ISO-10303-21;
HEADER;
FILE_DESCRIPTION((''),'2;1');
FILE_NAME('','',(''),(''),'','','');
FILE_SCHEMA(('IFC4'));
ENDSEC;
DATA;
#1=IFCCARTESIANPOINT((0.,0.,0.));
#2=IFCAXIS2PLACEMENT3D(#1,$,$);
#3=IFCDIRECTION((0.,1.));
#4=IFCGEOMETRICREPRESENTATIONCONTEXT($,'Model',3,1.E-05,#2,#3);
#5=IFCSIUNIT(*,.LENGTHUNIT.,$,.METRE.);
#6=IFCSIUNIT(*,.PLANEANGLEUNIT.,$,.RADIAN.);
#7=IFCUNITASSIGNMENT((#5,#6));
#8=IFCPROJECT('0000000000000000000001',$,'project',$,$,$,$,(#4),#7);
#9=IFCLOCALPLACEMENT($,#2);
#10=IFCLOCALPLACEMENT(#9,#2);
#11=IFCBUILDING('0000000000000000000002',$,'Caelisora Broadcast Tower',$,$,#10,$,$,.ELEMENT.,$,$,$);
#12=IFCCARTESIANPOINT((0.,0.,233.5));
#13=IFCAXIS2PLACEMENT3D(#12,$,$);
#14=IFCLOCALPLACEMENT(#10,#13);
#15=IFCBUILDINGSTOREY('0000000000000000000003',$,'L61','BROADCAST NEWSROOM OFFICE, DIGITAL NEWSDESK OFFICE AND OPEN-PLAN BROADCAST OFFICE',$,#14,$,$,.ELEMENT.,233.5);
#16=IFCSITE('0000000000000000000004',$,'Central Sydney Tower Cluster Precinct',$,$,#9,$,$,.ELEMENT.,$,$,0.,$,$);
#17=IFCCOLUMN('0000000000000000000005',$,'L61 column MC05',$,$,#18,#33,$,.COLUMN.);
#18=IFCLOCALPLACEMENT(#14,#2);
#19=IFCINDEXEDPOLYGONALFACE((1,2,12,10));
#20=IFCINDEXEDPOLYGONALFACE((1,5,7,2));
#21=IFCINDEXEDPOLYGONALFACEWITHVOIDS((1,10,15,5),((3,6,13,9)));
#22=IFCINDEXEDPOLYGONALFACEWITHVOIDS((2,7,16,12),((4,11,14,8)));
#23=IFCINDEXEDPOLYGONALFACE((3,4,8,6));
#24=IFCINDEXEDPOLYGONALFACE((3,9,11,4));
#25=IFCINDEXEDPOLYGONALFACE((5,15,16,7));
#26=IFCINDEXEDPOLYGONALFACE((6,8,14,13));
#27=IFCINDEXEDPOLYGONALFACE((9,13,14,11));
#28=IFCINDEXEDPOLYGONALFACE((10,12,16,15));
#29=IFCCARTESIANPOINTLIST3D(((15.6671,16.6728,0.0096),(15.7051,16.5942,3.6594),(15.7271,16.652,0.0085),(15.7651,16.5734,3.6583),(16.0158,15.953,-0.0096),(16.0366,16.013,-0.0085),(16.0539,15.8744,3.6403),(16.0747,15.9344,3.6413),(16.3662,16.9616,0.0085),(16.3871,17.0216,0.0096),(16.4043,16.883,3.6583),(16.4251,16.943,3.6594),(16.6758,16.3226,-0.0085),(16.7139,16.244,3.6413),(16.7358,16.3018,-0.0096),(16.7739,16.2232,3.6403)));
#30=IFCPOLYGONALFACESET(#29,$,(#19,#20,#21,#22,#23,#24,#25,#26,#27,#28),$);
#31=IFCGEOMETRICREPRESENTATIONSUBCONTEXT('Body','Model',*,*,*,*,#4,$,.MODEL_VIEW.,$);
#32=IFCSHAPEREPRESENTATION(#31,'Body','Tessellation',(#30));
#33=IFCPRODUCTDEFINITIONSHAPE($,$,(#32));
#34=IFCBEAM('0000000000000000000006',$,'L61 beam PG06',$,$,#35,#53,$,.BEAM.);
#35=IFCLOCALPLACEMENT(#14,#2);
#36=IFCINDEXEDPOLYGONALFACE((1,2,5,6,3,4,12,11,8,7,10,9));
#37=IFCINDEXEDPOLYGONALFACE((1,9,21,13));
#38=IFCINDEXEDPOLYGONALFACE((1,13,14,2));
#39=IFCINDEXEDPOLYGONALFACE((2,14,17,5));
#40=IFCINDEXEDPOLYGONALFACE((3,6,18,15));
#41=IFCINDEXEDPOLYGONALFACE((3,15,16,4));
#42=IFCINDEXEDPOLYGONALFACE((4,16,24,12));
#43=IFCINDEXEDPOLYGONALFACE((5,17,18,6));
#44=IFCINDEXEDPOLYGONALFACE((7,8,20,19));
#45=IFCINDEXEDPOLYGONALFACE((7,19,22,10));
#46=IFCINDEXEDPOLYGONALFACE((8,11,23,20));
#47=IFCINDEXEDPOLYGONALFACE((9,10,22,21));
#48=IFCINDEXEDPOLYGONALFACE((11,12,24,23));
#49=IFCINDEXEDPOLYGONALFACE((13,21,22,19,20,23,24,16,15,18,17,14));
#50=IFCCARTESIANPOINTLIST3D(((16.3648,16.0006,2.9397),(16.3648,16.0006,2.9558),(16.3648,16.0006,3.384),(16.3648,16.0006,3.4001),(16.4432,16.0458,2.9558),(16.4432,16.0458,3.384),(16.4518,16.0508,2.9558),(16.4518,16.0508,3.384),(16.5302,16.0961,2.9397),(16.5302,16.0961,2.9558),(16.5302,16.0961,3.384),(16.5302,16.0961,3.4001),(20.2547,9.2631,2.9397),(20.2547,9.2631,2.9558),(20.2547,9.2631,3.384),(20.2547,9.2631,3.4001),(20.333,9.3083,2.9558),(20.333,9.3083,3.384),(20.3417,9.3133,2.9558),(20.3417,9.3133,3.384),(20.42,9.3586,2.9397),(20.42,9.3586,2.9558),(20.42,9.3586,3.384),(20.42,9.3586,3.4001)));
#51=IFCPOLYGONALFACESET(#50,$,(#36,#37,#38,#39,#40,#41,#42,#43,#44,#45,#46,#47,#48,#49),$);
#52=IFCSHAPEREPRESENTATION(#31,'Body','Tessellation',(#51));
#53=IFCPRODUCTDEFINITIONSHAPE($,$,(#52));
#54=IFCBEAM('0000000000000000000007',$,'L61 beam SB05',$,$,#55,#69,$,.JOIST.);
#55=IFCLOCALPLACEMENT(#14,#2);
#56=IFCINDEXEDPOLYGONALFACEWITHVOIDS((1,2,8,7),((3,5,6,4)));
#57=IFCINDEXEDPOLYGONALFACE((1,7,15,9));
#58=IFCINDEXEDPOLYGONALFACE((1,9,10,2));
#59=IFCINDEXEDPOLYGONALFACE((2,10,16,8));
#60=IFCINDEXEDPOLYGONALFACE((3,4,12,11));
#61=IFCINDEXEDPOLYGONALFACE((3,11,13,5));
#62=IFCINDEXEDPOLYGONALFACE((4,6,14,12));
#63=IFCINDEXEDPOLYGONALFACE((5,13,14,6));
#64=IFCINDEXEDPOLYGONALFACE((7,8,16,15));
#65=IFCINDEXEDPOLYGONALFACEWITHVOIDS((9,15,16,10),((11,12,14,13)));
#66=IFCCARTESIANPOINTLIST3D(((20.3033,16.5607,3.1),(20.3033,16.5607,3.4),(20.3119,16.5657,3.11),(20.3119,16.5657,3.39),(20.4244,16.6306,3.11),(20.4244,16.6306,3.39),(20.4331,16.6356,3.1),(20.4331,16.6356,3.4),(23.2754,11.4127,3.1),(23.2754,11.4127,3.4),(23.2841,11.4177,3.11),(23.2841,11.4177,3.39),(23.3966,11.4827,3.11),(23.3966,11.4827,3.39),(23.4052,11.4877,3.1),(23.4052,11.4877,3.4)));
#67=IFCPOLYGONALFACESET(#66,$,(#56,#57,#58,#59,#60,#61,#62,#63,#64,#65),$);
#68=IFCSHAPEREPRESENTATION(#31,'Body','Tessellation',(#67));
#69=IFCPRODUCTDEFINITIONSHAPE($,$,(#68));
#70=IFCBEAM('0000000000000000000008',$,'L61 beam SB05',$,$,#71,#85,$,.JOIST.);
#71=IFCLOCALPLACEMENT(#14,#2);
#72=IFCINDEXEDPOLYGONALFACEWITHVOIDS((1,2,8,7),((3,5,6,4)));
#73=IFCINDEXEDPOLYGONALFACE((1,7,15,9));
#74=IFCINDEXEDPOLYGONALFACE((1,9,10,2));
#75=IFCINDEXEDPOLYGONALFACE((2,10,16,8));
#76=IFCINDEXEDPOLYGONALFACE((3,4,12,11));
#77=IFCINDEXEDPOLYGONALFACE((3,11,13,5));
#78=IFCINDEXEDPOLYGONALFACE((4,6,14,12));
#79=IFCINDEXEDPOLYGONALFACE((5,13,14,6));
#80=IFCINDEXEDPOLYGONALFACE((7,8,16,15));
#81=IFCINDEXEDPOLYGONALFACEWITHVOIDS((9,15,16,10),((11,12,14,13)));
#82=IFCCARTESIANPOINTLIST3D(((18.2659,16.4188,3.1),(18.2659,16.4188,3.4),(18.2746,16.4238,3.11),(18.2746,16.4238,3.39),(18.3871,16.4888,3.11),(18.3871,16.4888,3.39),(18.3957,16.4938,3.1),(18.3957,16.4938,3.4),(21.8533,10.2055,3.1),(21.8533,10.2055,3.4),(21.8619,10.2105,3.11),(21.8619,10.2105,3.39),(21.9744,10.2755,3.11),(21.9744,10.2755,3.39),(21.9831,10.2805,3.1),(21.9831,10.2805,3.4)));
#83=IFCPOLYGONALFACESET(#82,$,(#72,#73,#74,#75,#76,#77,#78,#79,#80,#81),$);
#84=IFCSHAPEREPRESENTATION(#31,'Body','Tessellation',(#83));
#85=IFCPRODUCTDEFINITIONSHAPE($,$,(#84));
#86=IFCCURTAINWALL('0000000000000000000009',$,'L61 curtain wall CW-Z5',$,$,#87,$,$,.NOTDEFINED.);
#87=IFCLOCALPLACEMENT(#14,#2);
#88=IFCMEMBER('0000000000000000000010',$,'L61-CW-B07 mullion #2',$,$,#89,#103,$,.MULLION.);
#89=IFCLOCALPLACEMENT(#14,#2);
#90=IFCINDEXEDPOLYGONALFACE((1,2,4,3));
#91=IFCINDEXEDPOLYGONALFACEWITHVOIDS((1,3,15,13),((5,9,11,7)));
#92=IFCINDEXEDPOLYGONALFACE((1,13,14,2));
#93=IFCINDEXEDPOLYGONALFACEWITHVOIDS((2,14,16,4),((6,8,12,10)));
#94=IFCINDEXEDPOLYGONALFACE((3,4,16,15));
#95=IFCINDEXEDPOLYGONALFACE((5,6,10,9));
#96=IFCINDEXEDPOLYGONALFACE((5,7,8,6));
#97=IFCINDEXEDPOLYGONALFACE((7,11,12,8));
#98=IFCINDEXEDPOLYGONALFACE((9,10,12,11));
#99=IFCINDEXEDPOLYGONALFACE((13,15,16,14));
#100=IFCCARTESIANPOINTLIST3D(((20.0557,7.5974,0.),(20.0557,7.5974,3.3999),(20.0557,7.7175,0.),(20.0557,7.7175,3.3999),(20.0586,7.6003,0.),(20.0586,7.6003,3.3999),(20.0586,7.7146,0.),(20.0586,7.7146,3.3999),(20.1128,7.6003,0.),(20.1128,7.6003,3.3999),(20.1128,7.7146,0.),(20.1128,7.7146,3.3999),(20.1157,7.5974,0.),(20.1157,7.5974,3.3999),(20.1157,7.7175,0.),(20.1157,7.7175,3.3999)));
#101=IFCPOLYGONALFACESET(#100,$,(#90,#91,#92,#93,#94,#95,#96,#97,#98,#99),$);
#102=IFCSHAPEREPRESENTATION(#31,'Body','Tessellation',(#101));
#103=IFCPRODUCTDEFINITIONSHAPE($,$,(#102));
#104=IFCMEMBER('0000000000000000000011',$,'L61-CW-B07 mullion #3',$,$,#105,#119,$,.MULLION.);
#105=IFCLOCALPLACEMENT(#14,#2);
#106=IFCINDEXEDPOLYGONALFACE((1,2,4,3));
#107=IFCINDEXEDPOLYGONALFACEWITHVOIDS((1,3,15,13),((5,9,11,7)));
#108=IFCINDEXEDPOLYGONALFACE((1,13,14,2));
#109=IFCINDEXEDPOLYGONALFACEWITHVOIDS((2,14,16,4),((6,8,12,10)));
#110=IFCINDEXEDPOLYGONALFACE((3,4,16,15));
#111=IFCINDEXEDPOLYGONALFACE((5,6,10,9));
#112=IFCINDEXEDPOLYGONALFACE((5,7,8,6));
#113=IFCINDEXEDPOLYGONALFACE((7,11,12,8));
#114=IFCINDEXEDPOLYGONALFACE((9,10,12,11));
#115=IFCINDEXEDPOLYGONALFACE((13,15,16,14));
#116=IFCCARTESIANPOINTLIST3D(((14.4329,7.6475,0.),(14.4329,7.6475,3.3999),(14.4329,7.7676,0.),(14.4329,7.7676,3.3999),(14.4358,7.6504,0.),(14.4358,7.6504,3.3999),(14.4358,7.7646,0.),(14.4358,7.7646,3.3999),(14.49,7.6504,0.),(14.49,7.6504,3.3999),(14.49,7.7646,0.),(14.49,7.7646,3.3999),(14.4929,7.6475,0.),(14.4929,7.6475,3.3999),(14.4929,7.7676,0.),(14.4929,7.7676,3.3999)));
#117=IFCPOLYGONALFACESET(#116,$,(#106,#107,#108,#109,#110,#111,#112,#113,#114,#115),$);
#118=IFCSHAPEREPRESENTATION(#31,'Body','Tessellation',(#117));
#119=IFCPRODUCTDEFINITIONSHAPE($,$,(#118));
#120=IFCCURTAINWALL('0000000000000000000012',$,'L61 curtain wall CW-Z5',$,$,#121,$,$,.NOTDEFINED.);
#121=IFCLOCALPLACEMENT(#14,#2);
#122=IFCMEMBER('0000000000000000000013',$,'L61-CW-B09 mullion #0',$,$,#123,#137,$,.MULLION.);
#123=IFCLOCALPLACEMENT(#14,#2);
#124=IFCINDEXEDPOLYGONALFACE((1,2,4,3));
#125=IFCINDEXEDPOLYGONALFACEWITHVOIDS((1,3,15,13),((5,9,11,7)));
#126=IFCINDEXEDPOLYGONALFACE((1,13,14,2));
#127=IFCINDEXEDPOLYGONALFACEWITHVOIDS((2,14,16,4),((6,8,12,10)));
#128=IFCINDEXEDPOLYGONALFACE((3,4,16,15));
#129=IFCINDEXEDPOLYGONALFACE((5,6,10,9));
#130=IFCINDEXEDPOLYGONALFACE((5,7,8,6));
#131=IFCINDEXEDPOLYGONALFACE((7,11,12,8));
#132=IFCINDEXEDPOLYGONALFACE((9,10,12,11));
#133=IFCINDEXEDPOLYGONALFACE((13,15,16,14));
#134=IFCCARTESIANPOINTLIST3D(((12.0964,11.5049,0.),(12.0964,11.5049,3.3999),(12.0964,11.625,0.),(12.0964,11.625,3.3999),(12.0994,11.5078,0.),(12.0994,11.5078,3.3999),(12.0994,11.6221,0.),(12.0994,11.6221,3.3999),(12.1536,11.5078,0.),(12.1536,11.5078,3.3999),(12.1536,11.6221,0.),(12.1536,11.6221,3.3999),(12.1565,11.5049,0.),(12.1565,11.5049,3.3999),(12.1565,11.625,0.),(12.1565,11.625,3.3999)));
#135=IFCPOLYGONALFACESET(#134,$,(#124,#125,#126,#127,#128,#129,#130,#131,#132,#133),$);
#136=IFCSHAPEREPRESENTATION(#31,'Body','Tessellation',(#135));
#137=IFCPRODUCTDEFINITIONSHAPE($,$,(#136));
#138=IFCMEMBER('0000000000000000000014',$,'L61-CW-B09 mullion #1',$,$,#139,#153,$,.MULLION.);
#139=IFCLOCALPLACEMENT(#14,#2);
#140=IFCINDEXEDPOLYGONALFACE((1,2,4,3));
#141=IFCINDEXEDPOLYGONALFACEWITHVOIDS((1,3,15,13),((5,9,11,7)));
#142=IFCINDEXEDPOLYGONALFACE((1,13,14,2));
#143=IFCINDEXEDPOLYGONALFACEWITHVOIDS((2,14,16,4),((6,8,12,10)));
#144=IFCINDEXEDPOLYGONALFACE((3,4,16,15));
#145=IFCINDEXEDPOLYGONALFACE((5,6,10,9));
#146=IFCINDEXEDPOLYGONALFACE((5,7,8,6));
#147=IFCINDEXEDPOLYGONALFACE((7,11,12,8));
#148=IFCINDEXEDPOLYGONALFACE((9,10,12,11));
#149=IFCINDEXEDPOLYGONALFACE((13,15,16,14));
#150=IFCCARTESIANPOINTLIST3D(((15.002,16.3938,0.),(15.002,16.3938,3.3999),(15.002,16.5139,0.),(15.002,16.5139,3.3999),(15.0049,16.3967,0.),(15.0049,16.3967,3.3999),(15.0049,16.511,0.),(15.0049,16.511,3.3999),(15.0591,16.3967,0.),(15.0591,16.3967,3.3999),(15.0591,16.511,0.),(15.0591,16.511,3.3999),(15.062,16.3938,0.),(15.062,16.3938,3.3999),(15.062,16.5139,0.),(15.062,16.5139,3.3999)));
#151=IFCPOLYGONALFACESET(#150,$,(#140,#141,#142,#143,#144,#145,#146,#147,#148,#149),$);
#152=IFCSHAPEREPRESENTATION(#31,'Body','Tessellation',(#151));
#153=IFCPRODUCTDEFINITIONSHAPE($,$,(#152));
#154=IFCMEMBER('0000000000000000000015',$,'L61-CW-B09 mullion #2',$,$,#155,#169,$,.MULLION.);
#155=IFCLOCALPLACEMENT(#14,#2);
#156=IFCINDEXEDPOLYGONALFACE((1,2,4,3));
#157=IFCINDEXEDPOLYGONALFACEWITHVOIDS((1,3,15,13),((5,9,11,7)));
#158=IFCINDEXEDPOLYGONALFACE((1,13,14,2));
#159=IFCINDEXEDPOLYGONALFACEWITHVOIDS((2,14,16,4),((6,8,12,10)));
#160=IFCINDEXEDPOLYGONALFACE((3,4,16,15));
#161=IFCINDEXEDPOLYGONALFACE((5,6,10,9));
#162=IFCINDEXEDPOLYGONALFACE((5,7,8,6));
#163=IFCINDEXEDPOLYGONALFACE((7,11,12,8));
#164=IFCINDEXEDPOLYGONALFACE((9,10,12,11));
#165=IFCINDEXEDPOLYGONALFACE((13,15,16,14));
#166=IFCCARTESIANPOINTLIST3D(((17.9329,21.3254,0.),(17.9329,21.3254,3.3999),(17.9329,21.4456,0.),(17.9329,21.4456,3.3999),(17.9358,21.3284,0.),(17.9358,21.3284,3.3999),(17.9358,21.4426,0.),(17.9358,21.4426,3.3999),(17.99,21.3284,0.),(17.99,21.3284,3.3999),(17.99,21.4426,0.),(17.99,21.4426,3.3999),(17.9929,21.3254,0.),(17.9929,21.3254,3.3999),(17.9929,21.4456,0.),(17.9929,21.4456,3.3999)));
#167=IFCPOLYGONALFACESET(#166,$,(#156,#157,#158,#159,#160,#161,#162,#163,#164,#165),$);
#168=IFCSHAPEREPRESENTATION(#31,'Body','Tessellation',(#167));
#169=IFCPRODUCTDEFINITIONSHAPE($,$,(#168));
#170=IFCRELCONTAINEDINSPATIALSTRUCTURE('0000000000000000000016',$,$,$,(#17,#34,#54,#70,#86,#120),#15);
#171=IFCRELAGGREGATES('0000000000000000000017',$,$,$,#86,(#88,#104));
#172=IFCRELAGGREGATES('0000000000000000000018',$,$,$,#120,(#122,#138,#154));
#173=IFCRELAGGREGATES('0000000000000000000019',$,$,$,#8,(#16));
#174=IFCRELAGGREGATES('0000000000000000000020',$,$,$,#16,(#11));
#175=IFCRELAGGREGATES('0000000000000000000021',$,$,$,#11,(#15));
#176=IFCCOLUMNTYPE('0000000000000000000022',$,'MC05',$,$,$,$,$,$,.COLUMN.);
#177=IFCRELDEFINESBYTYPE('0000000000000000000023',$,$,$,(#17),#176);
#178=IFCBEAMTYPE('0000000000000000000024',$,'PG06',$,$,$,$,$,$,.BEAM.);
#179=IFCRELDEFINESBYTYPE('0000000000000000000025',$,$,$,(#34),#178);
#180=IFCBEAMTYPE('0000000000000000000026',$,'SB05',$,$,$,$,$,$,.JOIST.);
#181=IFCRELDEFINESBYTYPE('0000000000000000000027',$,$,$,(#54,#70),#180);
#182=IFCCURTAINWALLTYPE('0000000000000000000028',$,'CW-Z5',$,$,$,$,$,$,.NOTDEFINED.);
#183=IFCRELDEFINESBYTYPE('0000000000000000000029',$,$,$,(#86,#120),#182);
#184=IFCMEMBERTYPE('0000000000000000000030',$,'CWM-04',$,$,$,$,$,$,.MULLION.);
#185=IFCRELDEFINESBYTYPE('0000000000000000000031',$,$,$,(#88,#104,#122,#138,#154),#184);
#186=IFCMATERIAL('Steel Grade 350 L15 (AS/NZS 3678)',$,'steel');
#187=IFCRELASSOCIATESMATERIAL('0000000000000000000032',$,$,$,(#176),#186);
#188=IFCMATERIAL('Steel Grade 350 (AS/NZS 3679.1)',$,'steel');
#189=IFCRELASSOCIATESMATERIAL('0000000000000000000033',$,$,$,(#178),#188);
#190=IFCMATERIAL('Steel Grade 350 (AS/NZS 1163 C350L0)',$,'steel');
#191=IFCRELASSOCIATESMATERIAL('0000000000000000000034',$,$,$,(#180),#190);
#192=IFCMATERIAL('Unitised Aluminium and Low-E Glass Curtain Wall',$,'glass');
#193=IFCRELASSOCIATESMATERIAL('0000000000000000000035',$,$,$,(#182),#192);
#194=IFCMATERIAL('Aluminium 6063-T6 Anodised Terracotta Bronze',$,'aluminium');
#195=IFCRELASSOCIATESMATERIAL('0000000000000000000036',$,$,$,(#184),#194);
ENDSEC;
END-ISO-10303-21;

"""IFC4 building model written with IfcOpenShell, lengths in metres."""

from ifc_helpers import new_model, si_unit, direction, frame, origin, origin_2d, place, context, subcontext, project, spatial, hollow_rectangle, i_section, extrude, source, transform, mapped, material, material_profile, profile_set, type_object, type_shapes, element, aggregate, save


model = new_model("IFC4")

# Units and contexts
model_context = context("Model", 3, precision=1e-05, world=origin(), true_north=direction((0.0, 1.0)))
body_context = subcontext(model_context, "Body", "Model", "MODEL_VIEW")
ifc_project = project(units=[si_unit("LENGTHUNIT", "METRE"), si_unit("PLANEANGLEUNIT", "RADIAN")], contexts=[model_context])

# Site, building, storey
site_placement = place(None, origin())
site = spatial("IfcSite", under=ifc_project, at=site_placement, Name="Central Sydney Tower Cluster Precinct", CompositionType="ELEMENT", RefElevation=0.0)
building_placement = place(site_placement, origin())
building = spatial("IfcBuilding", under=site, at=building_placement, Name="Caelisora Broadcast Tower", CompositionType="ELEMENT")
storey_placement = place(building_placement, frame((0.0, 0.0, 233.5)))
storey = spatial("IfcBuildingStorey", under=building, at=storey_placement, Name="L61", Description="BROADCAST NEWSROOM OFFICE, DIGITAL NEWSDESK OFFICE AND OPEN-PLAN BROADCAST OFFICE", CompositionType="ELEMENT", Elevation=233.5)

# Column
ifc_material_1 = material(Name="Steel Grade 350 L15 (AS/NZS 3678)", Category="steel")
ifc_material_profile_1 = material_profile(ifc_material_1, hollow_rectangle(XDim=0.8, YDim=0.8, WallThickness=0.0449, at=origin_2d()), Name="Steel Grade 350 L15 (AS/NZS 3678)")
ifc_profile_set_1 = profile_set([ifc_material_profile_1], Name="Steel Grade 350 L15 (AS/NZS 3678)")
column_type = type_object("IfcColumnType", Name="MC05", PredefinedType="COLUMN", material=ifc_profile_set_1)
shared_shape_1 = source(origin(), body_context, "Body", "SweptSolid", [
    extrude(hollow_rectangle(XDim=0.8, YDim=0.8, WallThickness=0.0449, at=origin_2d()), origin(), (0.0, 0.0, 1.0), 3.6509),
])
type_shapes(column_type, [shared_shape_1])
column_placement = place(storey_placement, frame((16.2014, 16.4873, 0.0), z_axis=(0.010432, -0.021532, 0.999714), x_axis=(0.899947, 0.435999, 0.0)))
element("IfcColumn", 1, at=column_placement, inside=storey, type_object=column_type, Name="L61 column MC05", PredefinedType="COLUMN", context=body_context, shape_type="MappedRepresentation", body=[
    mapped(shared_shape_1, transform((0.0, 0.0, 0.0), scale=1.0)),
])

# Beams
ifc_material_2 = material(Name="Steel Grade 350 (AS/NZS 3679.1)", Category="steel")
ifc_material_profile_2 = material_profile(ifc_material_2, i_section(OverallWidth=0.1909, OverallDepth=0.4604, WebThickness=0.01, FlangeThickness=0.0161, at=origin_2d()), Name="Steel Grade 350 (AS/NZS 3679.1)")
ifc_profile_set_2 = profile_set([ifc_material_profile_2], Name="Steel Grade 350 (AS/NZS 3679.1)")
beam_type_1 = type_object("IfcBeamType", Name="PG06", PredefinedType="BEAM", material=ifc_profile_set_2)
shared_shape_2 = source(origin(), body_context, "Body", "SweptSolid", [
    extrude(i_section(OverallWidth=0.1909, OverallDepth=0.4604, WebThickness=0.01, FlangeThickness=0.0161, at=origin_2d()), origin(), (0.0, 0.0, 1.0), 7.7798),
])
type_shapes(beam_type_1, [shared_shape_2])
beam_1_placement = place(storey_placement, frame((16.4475, 16.0483, 3.1699), z_axis=(0.499997, -0.866027, 0.0), x_axis=(0.866027, 0.499997, 0.0)))
element("IfcBeam", 2, at=beam_1_placement, inside=storey, type_object=beam_type_1, Name="L61 beam PG06", PredefinedType="BEAM", context=body_context, shape_type="MappedRepresentation", body=[
    mapped(shared_shape_2, transform((0.0, 0.0, 0.0), scale=1.0)),
])
ifc_material_3 = material(Name="Steel Grade 350 (AS/NZS 1163 C350L0)", Category="steel")
ifc_material_profile_3 = material_profile(ifc_material_3, hollow_rectangle(XDim=0.1499, YDim=0.3, WallThickness=0.01, at=origin_2d()), Name="Steel Grade 350 (AS/NZS 1163 C350L0)")
ifc_profile_set_3 = profile_set([ifc_material_profile_3], Name="Steel Grade 350 (AS/NZS 1163 C350L0)")
beam_type_2 = type_object("IfcBeamType", Name="SB05", PredefinedType="JOIST", material=ifc_profile_set_3)
shared_shape_3 = source(origin(), body_context, "Body", "SweptSolid", [
    extrude(hollow_rectangle(XDim=0.1499, YDim=0.3, WallThickness=0.01, at=origin_2d()), origin(), (0.0, 0.0, 1.0), 5.9443),
])
beam_2_placement = place(storey_placement, frame((20.3682, 16.5981, 3.25), z_axis=(0.5, -0.866026, 0.0), x_axis=(0.866026, 0.5, 0.0)))
element("IfcBeam", 3, at=beam_2_placement, inside=storey, type_object=beam_type_2, Name="L61 beam SB05", PredefinedType="JOIST", context=body_context, shape_type="MappedRepresentation", body=[
    mapped(shared_shape_3, transform((0.0, 0.0, 0.0), scale=1.0)),
])
shared_shape_4 = source(origin(), body_context, "Body", "SweptSolid", [
    extrude(hollow_rectangle(XDim=0.1499, YDim=0.3, WallThickness=0.01, at=origin_2d()), origin(), (0.0, 0.0, 1.0), 7.1746),
])
type_shapes(beam_type_2, [shared_shape_3, shared_shape_4])
beam_3_placement = place(storey_placement, frame((18.3308, 16.4563, 3.25), z_axis=(0.500011, -0.866019, 0.0), x_axis=(0.866019, 0.500011, 0.0)))
element("IfcBeam", 4, at=beam_3_placement, inside=storey, type_object=beam_type_2, Name="L61 beam SB05", PredefinedType="JOIST", context=body_context, shape_type="MappedRepresentation", body=[
    mapped(shared_shape_4, transform((0.0, 0.0, 0.0), scale=1.0)),
])

# Curtain walls, members
ifc_material_4 = material(Name="Unitised Aluminium and Low-E Glass Curtain Wall", Category="glass")
curtain_wall_type = type_object("IfcCurtainWallType", Name="CW-Z5", PredefinedType="NOTDEFINED", material=ifc_material_4)
curtain_wall_1_placement = place(storey_placement, origin())
curtain_wall_1 = element("IfcCurtainWall", 5, at=curtain_wall_1_placement, inside=storey, type_object=curtain_wall_type, Name="L61 curtain wall CW-Z5", PredefinedType="NOTDEFINED")
ifc_material_5 = material(Name="Aluminium 6063-T6 Anodised Terracotta Bronze", Category="aluminium")
ifc_material_profile_4 = material_profile(ifc_material_5, hollow_rectangle(XDim=0.0601, YDim=0.1201, WallThickness=0.0029, at=origin_2d()), Name="Aluminium 6063-T6 Anodised Terracotta Bronze")
ifc_profile_set_4 = profile_set([ifc_material_profile_4], Name="Aluminium 6063-T6 Anodised Terracotta Bronze")
member_type_1 = type_object("IfcMemberType", Name="CWM-04", PredefinedType="MULLION", material=ifc_profile_set_4)
shared_shape_5 = source(origin(), body_context, "Body", "SweptSolid", [
    extrude(hollow_rectangle(XDim=0.0601, YDim=0.1201, WallThickness=0.0029, at=origin_2d()), origin(), (0.0, 0.0, 1.0), 3.3999),
])
type_shapes(member_type_1, [shared_shape_5])
member_1_placement = place(storey_placement, frame((20.0857, 7.6575, 0.0), z_axis=(0.0, 0.0, 1.0), x_axis=(1.0, 0.0, 0.0)))
member_1 = element("IfcMember", 6, at=member_1_placement, type_object=member_type_1, Name="L61-CW-B07 mullion #2", PredefinedType="MULLION", context=body_context, shape_type="MappedRepresentation", body=[
    mapped(shared_shape_5, transform((0.0, 0.0, 0.0), scale=1.0)),
])
member_2_placement = place(storey_placement, frame((14.4629, 7.7075, 0.0), z_axis=(0.0, 0.0, 1.0), x_axis=(1.0, 0.0, 0.0)))
member_2 = element("IfcMember", 7, at=member_2_placement, type_object=member_type_1, Name="L61-CW-B07 mullion #3", PredefinedType="MULLION", context=body_context, shape_type="MappedRepresentation", body=[
    mapped(shared_shape_5, transform((0.0, 0.0, 0.0), scale=1.0)),
])
curtain_wall_2_placement = place(storey_placement, origin())
curtain_wall_2 = element("IfcCurtainWall", 8, at=curtain_wall_2_placement, inside=storey, type_object=curtain_wall_type, Name="L61 curtain wall CW-Z5", PredefinedType="NOTDEFINED")
member_3_placement = place(storey_placement, frame((12.1265, 11.5649, 0.0), z_axis=(0.0, 0.0, 1.0), x_axis=(1.0, 0.0, 0.0)))
member_3 = element("IfcMember", 9, at=member_3_placement, type_object=member_type_1, Name="L61-CW-B09 mullion #0", PredefinedType="MULLION", context=body_context, shape_type="MappedRepresentation", body=[
    mapped(shared_shape_5, transform((0.0, 0.0, 0.0), scale=1.0)),
])
member_4_placement = place(storey_placement, frame((15.032, 16.4539, 0.0), z_axis=(0.0, 0.0, 1.0), x_axis=(1.0, 0.0, 0.0)))
member_4 = element("IfcMember", 10, at=member_4_placement, type_object=member_type_1, Name="L61-CW-B09 mullion #1", PredefinedType="MULLION", context=body_context, shape_type="MappedRepresentation", body=[
    mapped(shared_shape_5, transform((0.0, 0.0, 0.0), scale=1.0)),
])
member_5_placement = place(storey_placement, frame((17.9629, 21.3855, 0.0), z_axis=(0.0, 0.0, 1.0), x_axis=(1.0, 0.0, 0.0)))
member_5 = element("IfcMember", 11, at=member_5_placement, type_object=member_type_1, Name="L61-CW-B09 mullion #2", PredefinedType="MULLION", context=body_context, shape_type="MappedRepresentation", body=[
    mapped(shared_shape_5, transform((0.0, 0.0, 0.0), scale=1.0)),
])

aggregate(curtain_wall_1, [member_1, member_2])
aggregate(curtain_wall_2, [member_3, member_4, member_5])

save(model, "model.ifc")
